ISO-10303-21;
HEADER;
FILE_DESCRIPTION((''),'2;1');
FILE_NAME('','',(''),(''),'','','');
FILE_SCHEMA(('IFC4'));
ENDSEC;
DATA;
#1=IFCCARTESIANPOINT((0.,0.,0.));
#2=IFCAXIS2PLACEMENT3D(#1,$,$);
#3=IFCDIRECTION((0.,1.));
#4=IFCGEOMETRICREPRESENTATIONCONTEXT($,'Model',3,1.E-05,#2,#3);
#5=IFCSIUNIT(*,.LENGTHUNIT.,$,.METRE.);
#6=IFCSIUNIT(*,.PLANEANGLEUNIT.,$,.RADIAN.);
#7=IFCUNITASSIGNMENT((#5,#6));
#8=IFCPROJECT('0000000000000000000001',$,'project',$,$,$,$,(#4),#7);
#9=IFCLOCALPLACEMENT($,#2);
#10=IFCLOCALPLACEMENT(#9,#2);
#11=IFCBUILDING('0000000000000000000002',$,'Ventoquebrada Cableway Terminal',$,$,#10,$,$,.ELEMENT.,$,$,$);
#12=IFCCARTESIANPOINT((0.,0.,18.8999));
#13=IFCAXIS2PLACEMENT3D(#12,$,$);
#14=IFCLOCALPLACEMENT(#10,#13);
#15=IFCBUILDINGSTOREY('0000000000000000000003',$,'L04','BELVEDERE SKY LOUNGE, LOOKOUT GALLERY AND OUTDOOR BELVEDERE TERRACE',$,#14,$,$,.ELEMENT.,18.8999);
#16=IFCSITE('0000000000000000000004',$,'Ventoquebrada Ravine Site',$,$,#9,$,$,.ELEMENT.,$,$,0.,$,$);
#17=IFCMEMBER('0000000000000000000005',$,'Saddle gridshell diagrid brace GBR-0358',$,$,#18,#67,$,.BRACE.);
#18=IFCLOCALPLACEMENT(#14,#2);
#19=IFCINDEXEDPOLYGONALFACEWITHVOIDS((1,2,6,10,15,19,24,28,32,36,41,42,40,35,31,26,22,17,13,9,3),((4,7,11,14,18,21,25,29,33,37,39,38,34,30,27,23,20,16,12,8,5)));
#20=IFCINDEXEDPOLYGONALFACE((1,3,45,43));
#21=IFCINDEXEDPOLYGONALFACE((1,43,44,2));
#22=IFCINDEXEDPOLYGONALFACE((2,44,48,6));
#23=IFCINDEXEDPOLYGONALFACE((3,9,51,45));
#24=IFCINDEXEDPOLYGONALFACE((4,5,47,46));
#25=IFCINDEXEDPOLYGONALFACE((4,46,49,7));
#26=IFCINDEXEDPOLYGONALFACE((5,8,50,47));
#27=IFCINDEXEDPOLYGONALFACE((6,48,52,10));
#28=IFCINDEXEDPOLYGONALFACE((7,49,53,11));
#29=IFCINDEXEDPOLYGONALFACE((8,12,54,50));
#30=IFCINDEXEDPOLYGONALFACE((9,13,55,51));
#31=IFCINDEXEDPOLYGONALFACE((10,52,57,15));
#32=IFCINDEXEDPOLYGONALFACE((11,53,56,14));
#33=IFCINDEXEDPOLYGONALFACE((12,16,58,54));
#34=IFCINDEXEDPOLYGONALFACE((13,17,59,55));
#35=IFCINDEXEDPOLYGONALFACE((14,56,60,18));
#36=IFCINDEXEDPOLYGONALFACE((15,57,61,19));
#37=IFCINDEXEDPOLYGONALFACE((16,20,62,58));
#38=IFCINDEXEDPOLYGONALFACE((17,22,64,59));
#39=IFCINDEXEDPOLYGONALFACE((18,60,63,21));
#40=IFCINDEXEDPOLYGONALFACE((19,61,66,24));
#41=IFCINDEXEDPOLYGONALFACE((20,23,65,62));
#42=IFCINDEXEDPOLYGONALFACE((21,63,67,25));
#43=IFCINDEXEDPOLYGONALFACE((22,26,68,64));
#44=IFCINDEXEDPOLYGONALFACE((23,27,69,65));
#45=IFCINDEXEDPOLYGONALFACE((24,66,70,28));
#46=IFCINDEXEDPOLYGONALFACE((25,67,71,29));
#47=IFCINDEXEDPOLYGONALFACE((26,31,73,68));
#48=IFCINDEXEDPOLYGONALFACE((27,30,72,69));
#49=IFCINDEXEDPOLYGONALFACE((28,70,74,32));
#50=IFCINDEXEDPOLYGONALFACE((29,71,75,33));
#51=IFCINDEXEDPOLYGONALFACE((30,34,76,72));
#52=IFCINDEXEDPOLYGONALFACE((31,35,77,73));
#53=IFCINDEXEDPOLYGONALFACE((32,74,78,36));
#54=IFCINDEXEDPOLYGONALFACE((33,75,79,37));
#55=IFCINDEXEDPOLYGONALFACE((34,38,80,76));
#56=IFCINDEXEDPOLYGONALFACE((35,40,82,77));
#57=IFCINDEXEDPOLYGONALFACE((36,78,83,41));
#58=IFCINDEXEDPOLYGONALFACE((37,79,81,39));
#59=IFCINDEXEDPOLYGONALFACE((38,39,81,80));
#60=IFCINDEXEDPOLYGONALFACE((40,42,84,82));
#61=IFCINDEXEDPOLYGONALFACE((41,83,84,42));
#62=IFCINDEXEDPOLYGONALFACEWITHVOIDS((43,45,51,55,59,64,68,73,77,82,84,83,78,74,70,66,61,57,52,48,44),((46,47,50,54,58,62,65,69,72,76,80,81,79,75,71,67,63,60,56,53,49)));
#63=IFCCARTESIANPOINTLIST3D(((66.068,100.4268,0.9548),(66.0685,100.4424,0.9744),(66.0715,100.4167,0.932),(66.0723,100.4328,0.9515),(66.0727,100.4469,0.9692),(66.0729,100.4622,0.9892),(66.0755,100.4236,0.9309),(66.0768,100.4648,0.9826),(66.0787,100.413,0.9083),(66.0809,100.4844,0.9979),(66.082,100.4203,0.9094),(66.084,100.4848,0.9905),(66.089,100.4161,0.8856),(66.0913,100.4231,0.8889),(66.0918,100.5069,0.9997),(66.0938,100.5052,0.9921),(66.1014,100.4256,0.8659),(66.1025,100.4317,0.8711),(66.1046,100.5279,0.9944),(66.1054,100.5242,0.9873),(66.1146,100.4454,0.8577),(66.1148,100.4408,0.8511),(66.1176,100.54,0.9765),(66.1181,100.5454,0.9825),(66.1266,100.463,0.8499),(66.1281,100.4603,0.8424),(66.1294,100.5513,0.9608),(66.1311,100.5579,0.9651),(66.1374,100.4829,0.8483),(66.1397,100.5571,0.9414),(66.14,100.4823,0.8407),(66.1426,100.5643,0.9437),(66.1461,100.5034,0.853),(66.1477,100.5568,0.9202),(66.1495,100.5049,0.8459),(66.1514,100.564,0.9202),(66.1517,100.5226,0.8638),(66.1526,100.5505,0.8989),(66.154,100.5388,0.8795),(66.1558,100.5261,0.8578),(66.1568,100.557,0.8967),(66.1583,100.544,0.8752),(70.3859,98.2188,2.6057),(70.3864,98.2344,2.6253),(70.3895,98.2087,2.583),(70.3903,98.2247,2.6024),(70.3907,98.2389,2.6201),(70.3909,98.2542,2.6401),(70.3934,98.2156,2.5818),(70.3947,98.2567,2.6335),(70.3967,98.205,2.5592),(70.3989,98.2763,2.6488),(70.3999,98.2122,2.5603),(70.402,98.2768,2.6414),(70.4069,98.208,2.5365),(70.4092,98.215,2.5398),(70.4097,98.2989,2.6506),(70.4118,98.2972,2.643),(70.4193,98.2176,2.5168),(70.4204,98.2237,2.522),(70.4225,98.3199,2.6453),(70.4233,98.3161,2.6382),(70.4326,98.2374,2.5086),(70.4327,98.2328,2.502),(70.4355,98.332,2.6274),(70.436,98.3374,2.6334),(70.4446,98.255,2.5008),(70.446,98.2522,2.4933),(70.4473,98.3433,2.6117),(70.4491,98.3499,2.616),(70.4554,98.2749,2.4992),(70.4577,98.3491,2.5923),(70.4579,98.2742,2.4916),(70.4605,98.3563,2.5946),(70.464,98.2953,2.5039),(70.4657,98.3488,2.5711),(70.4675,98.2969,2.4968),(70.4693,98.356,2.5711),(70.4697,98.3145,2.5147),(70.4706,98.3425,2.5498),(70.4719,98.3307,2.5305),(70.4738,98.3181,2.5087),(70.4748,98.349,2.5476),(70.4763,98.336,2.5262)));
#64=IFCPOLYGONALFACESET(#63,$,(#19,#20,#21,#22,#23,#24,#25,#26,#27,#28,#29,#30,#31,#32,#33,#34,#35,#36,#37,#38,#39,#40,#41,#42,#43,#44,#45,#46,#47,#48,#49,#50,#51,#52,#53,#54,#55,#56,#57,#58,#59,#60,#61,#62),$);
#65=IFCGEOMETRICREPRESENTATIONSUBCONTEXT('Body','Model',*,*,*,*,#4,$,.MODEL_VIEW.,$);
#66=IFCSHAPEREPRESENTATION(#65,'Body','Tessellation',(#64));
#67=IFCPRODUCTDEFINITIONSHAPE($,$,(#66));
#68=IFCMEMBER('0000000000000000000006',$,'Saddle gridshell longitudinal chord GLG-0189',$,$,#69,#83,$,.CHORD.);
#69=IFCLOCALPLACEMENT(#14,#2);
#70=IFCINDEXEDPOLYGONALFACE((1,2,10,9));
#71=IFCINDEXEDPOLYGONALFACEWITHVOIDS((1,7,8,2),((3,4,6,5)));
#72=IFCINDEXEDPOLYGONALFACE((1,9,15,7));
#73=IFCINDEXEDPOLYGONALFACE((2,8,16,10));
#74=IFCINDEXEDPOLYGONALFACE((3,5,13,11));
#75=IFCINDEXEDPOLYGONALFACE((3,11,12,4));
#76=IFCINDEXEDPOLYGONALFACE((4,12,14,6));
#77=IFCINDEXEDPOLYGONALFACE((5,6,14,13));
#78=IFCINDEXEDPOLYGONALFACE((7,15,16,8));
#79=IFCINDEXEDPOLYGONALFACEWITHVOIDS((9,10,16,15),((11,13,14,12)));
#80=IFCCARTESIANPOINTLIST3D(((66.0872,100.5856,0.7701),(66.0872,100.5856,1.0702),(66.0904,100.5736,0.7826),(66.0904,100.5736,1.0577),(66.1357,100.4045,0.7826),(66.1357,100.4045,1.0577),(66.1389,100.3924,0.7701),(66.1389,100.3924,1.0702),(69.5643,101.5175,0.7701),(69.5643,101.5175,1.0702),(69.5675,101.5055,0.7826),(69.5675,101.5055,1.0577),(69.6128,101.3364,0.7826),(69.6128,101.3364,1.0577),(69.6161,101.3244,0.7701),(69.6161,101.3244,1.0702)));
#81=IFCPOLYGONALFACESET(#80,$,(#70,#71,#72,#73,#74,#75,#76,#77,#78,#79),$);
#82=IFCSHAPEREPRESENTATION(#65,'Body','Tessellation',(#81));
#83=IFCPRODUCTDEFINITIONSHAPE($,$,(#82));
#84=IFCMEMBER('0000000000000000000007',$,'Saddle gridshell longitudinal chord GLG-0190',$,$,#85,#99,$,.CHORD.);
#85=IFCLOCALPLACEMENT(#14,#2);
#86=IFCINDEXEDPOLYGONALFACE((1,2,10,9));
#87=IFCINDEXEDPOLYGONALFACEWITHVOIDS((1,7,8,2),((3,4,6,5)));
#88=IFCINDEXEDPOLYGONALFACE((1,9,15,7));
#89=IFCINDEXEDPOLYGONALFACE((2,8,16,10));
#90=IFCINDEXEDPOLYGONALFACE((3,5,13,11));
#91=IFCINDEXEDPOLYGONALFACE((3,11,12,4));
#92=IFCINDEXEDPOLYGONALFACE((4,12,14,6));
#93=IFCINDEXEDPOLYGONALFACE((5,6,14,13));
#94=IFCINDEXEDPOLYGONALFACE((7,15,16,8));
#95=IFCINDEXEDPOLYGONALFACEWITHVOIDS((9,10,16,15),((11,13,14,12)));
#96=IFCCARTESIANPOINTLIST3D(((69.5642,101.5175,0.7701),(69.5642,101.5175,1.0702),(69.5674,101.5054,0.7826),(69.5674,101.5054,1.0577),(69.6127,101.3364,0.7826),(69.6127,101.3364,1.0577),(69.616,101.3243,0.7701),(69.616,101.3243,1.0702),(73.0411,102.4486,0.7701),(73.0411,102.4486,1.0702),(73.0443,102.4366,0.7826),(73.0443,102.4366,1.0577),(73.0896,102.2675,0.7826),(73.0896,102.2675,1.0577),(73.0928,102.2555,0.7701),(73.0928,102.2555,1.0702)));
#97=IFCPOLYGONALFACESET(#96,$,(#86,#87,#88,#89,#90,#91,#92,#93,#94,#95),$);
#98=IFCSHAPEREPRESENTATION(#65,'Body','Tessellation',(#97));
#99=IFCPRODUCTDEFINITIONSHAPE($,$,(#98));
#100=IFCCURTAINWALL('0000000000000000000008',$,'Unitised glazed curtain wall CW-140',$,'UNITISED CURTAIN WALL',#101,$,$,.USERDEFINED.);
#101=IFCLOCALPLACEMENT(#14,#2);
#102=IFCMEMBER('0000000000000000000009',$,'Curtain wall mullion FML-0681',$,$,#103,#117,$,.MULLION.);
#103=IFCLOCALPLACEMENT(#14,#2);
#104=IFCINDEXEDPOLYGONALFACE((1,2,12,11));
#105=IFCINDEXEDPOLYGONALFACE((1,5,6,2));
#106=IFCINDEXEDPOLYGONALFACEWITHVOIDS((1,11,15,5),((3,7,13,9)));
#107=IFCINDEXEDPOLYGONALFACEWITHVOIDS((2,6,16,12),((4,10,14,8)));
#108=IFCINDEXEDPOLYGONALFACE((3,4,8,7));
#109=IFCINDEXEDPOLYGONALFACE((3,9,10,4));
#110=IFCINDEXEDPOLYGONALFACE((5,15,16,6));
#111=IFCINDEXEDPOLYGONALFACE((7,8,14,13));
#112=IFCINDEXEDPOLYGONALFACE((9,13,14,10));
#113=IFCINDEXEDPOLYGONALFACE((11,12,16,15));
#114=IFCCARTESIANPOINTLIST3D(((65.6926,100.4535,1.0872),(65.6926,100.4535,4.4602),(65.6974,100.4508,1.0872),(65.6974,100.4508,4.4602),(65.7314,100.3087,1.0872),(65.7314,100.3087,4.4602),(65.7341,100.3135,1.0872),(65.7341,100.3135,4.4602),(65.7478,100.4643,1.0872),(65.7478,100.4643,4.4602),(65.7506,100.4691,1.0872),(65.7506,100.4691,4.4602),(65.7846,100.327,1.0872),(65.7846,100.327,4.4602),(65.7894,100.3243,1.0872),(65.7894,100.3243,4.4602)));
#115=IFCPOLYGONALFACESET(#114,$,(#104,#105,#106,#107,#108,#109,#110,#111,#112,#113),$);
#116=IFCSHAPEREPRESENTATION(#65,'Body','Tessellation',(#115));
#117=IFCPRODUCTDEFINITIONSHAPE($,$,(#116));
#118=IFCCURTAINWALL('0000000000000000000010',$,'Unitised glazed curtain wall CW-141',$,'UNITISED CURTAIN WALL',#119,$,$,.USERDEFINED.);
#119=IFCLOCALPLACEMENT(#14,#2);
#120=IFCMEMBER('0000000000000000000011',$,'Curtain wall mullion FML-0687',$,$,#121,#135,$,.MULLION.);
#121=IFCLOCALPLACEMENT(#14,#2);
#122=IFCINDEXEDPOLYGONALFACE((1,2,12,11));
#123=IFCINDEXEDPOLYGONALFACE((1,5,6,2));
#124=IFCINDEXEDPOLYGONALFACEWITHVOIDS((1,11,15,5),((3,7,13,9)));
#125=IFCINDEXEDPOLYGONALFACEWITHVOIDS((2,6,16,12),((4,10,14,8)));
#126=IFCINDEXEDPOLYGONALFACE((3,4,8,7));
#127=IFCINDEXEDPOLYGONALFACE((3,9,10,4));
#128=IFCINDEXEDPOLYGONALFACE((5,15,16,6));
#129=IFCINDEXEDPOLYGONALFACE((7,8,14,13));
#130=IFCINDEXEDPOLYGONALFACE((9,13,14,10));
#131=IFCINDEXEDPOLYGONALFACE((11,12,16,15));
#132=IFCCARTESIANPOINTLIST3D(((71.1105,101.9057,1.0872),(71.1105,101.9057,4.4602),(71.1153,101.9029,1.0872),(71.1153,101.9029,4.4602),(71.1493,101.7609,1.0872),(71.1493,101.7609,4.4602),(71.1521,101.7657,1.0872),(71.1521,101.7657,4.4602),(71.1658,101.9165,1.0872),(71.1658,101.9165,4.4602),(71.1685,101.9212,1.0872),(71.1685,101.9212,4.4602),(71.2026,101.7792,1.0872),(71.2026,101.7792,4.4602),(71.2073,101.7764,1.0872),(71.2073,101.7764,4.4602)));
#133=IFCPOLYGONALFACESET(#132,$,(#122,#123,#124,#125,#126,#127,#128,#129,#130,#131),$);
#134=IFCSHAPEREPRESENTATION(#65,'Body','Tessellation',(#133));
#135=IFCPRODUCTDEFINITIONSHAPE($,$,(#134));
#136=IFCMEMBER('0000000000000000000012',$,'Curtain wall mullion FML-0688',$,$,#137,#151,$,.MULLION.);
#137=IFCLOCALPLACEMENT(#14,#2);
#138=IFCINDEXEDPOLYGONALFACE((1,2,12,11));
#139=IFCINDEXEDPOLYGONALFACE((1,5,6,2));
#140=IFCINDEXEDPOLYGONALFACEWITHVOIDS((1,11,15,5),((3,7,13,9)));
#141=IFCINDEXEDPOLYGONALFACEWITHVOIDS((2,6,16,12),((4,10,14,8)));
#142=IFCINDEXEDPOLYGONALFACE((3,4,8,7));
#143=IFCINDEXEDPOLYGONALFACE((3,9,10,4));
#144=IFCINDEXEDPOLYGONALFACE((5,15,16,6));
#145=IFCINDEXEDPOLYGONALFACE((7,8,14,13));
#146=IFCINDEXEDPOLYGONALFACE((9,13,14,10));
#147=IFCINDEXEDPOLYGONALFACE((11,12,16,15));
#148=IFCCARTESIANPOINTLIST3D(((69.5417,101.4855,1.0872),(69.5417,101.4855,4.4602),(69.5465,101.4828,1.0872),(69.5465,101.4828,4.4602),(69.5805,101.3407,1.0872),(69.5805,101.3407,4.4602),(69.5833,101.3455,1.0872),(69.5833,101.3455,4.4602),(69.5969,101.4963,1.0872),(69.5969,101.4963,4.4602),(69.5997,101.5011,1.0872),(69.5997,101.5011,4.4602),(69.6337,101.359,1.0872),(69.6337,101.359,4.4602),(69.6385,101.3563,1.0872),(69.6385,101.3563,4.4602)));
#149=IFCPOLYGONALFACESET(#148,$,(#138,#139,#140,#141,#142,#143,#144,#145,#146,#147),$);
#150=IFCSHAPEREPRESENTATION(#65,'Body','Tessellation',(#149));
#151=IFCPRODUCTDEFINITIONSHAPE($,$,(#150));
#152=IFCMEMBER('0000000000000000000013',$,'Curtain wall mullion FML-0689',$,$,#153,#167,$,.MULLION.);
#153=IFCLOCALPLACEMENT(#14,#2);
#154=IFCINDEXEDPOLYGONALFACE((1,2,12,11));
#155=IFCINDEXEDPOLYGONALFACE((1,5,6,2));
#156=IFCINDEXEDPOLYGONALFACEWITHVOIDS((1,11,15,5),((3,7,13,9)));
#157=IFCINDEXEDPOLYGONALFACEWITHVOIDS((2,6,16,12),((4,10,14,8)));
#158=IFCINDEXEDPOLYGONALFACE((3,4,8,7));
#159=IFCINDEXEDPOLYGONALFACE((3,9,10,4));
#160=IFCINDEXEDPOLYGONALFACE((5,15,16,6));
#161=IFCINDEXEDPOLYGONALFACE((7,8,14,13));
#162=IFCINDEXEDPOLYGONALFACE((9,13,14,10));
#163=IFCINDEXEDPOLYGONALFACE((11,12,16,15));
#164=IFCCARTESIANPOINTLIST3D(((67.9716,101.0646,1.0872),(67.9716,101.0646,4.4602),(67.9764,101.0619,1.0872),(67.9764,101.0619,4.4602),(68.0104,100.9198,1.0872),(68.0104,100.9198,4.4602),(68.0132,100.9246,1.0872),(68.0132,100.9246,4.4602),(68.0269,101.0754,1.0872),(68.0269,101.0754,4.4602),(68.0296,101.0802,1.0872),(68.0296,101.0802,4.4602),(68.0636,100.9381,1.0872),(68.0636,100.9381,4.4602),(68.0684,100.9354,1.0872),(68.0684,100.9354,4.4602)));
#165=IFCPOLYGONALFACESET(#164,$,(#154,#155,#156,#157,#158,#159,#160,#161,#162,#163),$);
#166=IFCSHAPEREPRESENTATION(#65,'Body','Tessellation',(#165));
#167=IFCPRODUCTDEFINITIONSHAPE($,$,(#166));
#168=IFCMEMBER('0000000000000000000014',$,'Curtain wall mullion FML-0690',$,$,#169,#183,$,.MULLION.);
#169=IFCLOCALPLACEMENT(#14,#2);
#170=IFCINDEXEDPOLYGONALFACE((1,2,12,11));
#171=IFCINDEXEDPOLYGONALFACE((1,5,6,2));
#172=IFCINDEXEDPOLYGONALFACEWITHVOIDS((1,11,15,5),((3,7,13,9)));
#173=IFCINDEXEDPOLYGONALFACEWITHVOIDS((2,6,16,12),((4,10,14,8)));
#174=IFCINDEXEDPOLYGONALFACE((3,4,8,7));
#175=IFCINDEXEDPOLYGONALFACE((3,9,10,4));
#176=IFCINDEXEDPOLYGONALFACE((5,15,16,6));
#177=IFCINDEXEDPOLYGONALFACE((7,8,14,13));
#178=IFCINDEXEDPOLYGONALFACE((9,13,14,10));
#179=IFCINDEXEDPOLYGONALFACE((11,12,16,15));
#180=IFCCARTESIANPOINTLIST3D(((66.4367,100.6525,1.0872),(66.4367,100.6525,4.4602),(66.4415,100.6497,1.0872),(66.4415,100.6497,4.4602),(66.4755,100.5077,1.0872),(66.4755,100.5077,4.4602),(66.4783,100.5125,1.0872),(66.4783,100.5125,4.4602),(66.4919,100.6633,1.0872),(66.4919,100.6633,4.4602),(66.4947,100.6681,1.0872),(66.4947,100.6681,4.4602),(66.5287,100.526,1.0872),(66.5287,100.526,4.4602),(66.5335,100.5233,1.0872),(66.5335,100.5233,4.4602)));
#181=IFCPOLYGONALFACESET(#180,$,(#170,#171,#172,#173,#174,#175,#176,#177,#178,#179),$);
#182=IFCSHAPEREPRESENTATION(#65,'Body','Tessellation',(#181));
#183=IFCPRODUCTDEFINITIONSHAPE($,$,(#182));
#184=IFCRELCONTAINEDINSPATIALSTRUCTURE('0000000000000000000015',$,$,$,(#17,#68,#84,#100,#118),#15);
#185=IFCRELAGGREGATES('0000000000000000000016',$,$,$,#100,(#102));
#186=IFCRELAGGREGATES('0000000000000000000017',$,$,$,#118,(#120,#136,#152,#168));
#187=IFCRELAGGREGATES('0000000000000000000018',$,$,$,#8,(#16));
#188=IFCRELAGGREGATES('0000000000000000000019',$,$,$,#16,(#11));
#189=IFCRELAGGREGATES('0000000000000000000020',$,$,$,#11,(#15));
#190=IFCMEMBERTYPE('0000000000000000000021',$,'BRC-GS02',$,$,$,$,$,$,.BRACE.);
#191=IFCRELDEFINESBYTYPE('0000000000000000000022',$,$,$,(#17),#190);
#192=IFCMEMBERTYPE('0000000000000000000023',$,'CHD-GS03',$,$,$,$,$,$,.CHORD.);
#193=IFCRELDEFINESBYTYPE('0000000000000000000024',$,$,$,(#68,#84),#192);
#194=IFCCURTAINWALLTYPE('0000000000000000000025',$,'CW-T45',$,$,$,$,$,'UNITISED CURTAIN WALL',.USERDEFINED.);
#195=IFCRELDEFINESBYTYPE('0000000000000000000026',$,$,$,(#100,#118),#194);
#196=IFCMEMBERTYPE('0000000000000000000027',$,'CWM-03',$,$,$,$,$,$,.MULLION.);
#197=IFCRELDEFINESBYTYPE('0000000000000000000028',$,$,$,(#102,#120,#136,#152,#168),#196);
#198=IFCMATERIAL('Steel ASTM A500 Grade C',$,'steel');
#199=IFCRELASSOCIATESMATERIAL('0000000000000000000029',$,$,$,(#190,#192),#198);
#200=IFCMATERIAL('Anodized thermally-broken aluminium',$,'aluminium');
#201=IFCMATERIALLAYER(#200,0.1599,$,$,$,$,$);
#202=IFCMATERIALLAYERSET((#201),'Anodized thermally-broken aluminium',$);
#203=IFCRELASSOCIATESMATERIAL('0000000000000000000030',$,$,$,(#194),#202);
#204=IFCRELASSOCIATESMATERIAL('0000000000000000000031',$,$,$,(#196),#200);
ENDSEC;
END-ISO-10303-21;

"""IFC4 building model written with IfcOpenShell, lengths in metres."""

from ifc_helpers import new_model, si_unit, direction, frame, origin, origin_2d, place, context, subcontext, project, spatial, hollow_rectangle, hollow_circle, extrude, material, layer, layer_set, material_profile, profile_set, type_object, element, aggregate, save


model = new_model("IFC4")

# Units and contexts
model_context = context("Model", 3, precision=1e-05, world=origin(), true_north=direction((0.0, 1.0)))
body_context = subcontext(model_context, "Body", "Model", "MODEL_VIEW")
ifc_project = project(units=[si_unit("LENGTHUNIT", "METRE"), si_unit("PLANEANGLEUNIT", "RADIAN")], contexts=[model_context])

# Site, building, storey
site_placement = place(None, origin())
site = spatial("IfcSite", under=ifc_project, at=site_placement, Name="Ventoquebrada Ravine Site", CompositionType="ELEMENT", RefElevation=0.0)
building_placement = place(site_placement, origin())
building = spatial("IfcBuilding", under=site, at=building_placement, Name="Ventoquebrada Cableway Terminal", CompositionType="ELEMENT")
storey_placement = place(building_placement, frame((0.0, 0.0, 18.8999)))
storey = spatial("IfcBuildingStorey", under=building, at=storey_placement, Name="L04", Description="BELVEDERE SKY LOUNGE, LOOKOUT GALLERY AND OUTDOOR BELVEDERE TERRACE", CompositionType="ELEMENT", Elevation=18.8999)

# Members
ifc_material_1 = material(Name="Steel ASTM A500 Grade C", Category="steel")
ifc_material_profile_1 = material_profile(ifc_material_1, hollow_circle(Radius=0.0842, WallThickness=0.0081, at=origin_2d()), Name="CHS168.3X8")
ifc_profile_set_1 = profile_set([ifc_material_profile_1], Name="Steel ASTM A500 Grade C")
member_type_1 = type_object("IfcMemberType", Name="BRC-GS02", PredefinedType="BRACE", material=ifc_profile_set_1)
member_1_placement = place(storey_placement, frame((66.113, 100.489, 0.9202), z_axis=(0.842847, -0.431002, 0.322251), x_axis=(0.45529, 0.890343, 0.0)))
element("IfcMember", 1, at=member_1_placement, inside=storey, type_object=member_type_1, Name="Saddle gridshell diagrid brace GBR-0358", PredefinedType="BRACE", context=body_context, shape_type="SweptSolid", body=[
    extrude(hollow_circle(Radius=0.0842, WallThickness=0.0081, at=origin_2d()), origin(), (0.0, 0.0, 1.0), 5.123),
])
ifc_material_profile_2 = material_profile(ifc_material_1, hollow_rectangle(XDim=0.2, YDim=0.3, WallThickness=0.0125, at=origin_2d()), Name="RHS300X200X12.5")
ifc_profile_set_2 = profile_set([ifc_material_profile_2], Name="Steel ASTM A500 Grade C")
member_type_2 = type_object("IfcMemberType", Name="CHD-GS03", PredefinedType="CHORD", material=ifc_profile_set_2)
member_2_placement = place(storey_placement, frame((66.113, 100.489, 0.9202), z_axis=(0.965911, 0.258874, 0.0), x_axis=(-0.258874, 0.965911, 0.0)))
element("IfcMember", 2, at=member_2_placement, inside=storey, type_object=member_type_2, Name="Saddle gridshell longitudinal chord GLG-0189", PredefinedType="CHORD", context=body_context, shape_type="SweptSolid", body=[
    extrude(hollow_rectangle(XDim=0.2, YDim=0.3, WallThickness=0.0125, at=origin_2d()), origin(), (0.0, 0.0, 1.0), 3.5999),
])
member_3_placement = place(storey_placement, frame((69.5901, 101.4209, 0.9202), z_axis=(0.965957, 0.258701, 0.0), x_axis=(-0.258701, 0.965957, 0.0)))
element("IfcMember", 3, at=member_3_placement, inside=storey, type_object=member_type_2, Name="Saddle gridshell longitudinal chord GLG-0190", PredefinedType="CHORD", context=body_context, shape_type="SweptSolid", body=[
    extrude(hollow_rectangle(XDim=0.2, YDim=0.3, WallThickness=0.0125, at=origin_2d()), origin(), (0.0, 0.0, 1.0), 3.5994),
])

# Curtain wall, member
ifc_material_2 = material(Name="Anodized thermally-broken aluminium", Category="aluminium")
ifc_layer_1 = layer(ifc_material_2, 0.1599)
ifc_layer_set_1 = layer_set([ifc_layer_1], Name="Anodized thermally-broken aluminium")
curtain_wall_type = type_object("IfcCurtainWallType", Name="CW-T45", ElementType="UNITISED CURTAIN WALL", PredefinedType="USERDEFINED", material=ifc_layer_set_1)
curtain_wall_1_placement = place(storey_placement, origin())
curtain_wall_1 = element("IfcCurtainWall", 4, at=curtain_wall_1_placement, inside=storey, type_object=curtain_wall_type, Name="Unitised glazed curtain wall CW-140", ObjectType="UNITISED CURTAIN WALL", PredefinedType="USERDEFINED")
ifc_material_profile_3 = material_profile(ifc_material_2, hollow_rectangle(XDim=0.0601, YDim=0.1499, WallThickness=0.0039, at=origin_2d()), Name="CW-MUL-60X150")
ifc_profile_set_3 = profile_set([ifc_material_profile_3], Name="Anodized thermally-broken aluminium")
member_type_3 = type_object("IfcMemberType", Name="CWM-03", PredefinedType="MULLION", material=ifc_profile_set_3)
member_4_placement = place(storey_placement, frame((65.741, 100.3889, 1.0872), z_axis=(0.0, 0.0, 1.0), x_axis=(-0.965944, -0.258752, 0.0)))
member_4 = element("IfcMember", 5, at=member_4_placement, type_object=member_type_3, Name="Curtain wall mullion FML-0681", PredefinedType="MULLION", context=body_context, shape_type="SweptSolid", body=[
    extrude(hollow_rectangle(XDim=0.0601, YDim=0.1499, WallThickness=0.0039, at=origin_2d()), origin(), (0.0, 0.0, 1.0), 3.373),
])

# Curtain wall, members
curtain_wall_2_placement = place(storey_placement, origin())
curtain_wall_2 = element("IfcCurtainWall", 6, at=curtain_wall_2_placement, inside=storey, type_object=curtain_wall_type, Name="Unitised glazed curtain wall CW-141", ObjectType="UNITISED CURTAIN WALL", PredefinedType="USERDEFINED")
member_5_placement = place(storey_placement, frame((71.1589, 101.8411, 1.0872), z_axis=(0.0, 0.0, 1.0), x_axis=(-0.965894, -0.258937, 0.0)))
member_5 = element("IfcMember", 7, at=member_5_placement, type_object=member_type_3, Name="Curtain wall mullion FML-0687", PredefinedType="MULLION", context=body_context, shape_type="SweptSolid", body=[
    extrude(hollow_rectangle(XDim=0.0601, YDim=0.1499, WallThickness=0.0039, at=origin_2d()), origin(), (0.0, 0.0, 1.0), 3.373),
])
member_6_placement = place(storey_placement, frame((69.5901, 101.4209, 1.0872), z_axis=(0.0, 0.0, 1.0), x_axis=(-0.965894, -0.258937, 0.0)))
member_6 = element("IfcMember", 8, at=member_6_placement, type_object=member_type_3, Name="Curtain wall mullion FML-0688", PredefinedType="MULLION", context=body_context, shape_type="SweptSolid", body=[
    extrude(hollow_rectangle(XDim=0.0601, YDim=0.1499, WallThickness=0.0039, at=origin_2d()), origin(), (0.0, 0.0, 1.0), 3.373),
])
member_7_placement = place(storey_placement, frame((68.02, 101.0, 1.0872), z_axis=(0.0, 0.0, 1.0), x_axis=(-0.965894, -0.258937, 0.0)))
member_7 = element("IfcMember", 9, at=member_7_placement, type_object=member_type_3, Name="Curtain wall mullion FML-0689", PredefinedType="MULLION", context=body_context, shape_type="SweptSolid", body=[
    extrude(hollow_rectangle(XDim=0.0601, YDim=0.1499, WallThickness=0.0039, at=origin_2d()), origin(), (0.0, 0.0, 1.0), 3.373),
])
member_8_placement = place(storey_placement, frame((66.4851, 100.5879, 1.0872), z_axis=(0.0, 0.0, 1.0), x_axis=(-0.965894, -0.258937, 0.0)))
member_8 = element("IfcMember", 10, at=member_8_placement, type_object=member_type_3, Name="Curtain wall mullion FML-0690", PredefinedType="MULLION", context=body_context, shape_type="SweptSolid", body=[
    extrude(hollow_rectangle(XDim=0.0601, YDim=0.1499, WallThickness=0.0039, at=origin_2d()), origin(), (0.0, 0.0, 1.0), 3.373),
])

aggregate(curtain_wall_1, [member_4])
aggregate(curtain_wall_2, [member_5, member_6, member_7, member_8])

save(model, "model.ifc")
